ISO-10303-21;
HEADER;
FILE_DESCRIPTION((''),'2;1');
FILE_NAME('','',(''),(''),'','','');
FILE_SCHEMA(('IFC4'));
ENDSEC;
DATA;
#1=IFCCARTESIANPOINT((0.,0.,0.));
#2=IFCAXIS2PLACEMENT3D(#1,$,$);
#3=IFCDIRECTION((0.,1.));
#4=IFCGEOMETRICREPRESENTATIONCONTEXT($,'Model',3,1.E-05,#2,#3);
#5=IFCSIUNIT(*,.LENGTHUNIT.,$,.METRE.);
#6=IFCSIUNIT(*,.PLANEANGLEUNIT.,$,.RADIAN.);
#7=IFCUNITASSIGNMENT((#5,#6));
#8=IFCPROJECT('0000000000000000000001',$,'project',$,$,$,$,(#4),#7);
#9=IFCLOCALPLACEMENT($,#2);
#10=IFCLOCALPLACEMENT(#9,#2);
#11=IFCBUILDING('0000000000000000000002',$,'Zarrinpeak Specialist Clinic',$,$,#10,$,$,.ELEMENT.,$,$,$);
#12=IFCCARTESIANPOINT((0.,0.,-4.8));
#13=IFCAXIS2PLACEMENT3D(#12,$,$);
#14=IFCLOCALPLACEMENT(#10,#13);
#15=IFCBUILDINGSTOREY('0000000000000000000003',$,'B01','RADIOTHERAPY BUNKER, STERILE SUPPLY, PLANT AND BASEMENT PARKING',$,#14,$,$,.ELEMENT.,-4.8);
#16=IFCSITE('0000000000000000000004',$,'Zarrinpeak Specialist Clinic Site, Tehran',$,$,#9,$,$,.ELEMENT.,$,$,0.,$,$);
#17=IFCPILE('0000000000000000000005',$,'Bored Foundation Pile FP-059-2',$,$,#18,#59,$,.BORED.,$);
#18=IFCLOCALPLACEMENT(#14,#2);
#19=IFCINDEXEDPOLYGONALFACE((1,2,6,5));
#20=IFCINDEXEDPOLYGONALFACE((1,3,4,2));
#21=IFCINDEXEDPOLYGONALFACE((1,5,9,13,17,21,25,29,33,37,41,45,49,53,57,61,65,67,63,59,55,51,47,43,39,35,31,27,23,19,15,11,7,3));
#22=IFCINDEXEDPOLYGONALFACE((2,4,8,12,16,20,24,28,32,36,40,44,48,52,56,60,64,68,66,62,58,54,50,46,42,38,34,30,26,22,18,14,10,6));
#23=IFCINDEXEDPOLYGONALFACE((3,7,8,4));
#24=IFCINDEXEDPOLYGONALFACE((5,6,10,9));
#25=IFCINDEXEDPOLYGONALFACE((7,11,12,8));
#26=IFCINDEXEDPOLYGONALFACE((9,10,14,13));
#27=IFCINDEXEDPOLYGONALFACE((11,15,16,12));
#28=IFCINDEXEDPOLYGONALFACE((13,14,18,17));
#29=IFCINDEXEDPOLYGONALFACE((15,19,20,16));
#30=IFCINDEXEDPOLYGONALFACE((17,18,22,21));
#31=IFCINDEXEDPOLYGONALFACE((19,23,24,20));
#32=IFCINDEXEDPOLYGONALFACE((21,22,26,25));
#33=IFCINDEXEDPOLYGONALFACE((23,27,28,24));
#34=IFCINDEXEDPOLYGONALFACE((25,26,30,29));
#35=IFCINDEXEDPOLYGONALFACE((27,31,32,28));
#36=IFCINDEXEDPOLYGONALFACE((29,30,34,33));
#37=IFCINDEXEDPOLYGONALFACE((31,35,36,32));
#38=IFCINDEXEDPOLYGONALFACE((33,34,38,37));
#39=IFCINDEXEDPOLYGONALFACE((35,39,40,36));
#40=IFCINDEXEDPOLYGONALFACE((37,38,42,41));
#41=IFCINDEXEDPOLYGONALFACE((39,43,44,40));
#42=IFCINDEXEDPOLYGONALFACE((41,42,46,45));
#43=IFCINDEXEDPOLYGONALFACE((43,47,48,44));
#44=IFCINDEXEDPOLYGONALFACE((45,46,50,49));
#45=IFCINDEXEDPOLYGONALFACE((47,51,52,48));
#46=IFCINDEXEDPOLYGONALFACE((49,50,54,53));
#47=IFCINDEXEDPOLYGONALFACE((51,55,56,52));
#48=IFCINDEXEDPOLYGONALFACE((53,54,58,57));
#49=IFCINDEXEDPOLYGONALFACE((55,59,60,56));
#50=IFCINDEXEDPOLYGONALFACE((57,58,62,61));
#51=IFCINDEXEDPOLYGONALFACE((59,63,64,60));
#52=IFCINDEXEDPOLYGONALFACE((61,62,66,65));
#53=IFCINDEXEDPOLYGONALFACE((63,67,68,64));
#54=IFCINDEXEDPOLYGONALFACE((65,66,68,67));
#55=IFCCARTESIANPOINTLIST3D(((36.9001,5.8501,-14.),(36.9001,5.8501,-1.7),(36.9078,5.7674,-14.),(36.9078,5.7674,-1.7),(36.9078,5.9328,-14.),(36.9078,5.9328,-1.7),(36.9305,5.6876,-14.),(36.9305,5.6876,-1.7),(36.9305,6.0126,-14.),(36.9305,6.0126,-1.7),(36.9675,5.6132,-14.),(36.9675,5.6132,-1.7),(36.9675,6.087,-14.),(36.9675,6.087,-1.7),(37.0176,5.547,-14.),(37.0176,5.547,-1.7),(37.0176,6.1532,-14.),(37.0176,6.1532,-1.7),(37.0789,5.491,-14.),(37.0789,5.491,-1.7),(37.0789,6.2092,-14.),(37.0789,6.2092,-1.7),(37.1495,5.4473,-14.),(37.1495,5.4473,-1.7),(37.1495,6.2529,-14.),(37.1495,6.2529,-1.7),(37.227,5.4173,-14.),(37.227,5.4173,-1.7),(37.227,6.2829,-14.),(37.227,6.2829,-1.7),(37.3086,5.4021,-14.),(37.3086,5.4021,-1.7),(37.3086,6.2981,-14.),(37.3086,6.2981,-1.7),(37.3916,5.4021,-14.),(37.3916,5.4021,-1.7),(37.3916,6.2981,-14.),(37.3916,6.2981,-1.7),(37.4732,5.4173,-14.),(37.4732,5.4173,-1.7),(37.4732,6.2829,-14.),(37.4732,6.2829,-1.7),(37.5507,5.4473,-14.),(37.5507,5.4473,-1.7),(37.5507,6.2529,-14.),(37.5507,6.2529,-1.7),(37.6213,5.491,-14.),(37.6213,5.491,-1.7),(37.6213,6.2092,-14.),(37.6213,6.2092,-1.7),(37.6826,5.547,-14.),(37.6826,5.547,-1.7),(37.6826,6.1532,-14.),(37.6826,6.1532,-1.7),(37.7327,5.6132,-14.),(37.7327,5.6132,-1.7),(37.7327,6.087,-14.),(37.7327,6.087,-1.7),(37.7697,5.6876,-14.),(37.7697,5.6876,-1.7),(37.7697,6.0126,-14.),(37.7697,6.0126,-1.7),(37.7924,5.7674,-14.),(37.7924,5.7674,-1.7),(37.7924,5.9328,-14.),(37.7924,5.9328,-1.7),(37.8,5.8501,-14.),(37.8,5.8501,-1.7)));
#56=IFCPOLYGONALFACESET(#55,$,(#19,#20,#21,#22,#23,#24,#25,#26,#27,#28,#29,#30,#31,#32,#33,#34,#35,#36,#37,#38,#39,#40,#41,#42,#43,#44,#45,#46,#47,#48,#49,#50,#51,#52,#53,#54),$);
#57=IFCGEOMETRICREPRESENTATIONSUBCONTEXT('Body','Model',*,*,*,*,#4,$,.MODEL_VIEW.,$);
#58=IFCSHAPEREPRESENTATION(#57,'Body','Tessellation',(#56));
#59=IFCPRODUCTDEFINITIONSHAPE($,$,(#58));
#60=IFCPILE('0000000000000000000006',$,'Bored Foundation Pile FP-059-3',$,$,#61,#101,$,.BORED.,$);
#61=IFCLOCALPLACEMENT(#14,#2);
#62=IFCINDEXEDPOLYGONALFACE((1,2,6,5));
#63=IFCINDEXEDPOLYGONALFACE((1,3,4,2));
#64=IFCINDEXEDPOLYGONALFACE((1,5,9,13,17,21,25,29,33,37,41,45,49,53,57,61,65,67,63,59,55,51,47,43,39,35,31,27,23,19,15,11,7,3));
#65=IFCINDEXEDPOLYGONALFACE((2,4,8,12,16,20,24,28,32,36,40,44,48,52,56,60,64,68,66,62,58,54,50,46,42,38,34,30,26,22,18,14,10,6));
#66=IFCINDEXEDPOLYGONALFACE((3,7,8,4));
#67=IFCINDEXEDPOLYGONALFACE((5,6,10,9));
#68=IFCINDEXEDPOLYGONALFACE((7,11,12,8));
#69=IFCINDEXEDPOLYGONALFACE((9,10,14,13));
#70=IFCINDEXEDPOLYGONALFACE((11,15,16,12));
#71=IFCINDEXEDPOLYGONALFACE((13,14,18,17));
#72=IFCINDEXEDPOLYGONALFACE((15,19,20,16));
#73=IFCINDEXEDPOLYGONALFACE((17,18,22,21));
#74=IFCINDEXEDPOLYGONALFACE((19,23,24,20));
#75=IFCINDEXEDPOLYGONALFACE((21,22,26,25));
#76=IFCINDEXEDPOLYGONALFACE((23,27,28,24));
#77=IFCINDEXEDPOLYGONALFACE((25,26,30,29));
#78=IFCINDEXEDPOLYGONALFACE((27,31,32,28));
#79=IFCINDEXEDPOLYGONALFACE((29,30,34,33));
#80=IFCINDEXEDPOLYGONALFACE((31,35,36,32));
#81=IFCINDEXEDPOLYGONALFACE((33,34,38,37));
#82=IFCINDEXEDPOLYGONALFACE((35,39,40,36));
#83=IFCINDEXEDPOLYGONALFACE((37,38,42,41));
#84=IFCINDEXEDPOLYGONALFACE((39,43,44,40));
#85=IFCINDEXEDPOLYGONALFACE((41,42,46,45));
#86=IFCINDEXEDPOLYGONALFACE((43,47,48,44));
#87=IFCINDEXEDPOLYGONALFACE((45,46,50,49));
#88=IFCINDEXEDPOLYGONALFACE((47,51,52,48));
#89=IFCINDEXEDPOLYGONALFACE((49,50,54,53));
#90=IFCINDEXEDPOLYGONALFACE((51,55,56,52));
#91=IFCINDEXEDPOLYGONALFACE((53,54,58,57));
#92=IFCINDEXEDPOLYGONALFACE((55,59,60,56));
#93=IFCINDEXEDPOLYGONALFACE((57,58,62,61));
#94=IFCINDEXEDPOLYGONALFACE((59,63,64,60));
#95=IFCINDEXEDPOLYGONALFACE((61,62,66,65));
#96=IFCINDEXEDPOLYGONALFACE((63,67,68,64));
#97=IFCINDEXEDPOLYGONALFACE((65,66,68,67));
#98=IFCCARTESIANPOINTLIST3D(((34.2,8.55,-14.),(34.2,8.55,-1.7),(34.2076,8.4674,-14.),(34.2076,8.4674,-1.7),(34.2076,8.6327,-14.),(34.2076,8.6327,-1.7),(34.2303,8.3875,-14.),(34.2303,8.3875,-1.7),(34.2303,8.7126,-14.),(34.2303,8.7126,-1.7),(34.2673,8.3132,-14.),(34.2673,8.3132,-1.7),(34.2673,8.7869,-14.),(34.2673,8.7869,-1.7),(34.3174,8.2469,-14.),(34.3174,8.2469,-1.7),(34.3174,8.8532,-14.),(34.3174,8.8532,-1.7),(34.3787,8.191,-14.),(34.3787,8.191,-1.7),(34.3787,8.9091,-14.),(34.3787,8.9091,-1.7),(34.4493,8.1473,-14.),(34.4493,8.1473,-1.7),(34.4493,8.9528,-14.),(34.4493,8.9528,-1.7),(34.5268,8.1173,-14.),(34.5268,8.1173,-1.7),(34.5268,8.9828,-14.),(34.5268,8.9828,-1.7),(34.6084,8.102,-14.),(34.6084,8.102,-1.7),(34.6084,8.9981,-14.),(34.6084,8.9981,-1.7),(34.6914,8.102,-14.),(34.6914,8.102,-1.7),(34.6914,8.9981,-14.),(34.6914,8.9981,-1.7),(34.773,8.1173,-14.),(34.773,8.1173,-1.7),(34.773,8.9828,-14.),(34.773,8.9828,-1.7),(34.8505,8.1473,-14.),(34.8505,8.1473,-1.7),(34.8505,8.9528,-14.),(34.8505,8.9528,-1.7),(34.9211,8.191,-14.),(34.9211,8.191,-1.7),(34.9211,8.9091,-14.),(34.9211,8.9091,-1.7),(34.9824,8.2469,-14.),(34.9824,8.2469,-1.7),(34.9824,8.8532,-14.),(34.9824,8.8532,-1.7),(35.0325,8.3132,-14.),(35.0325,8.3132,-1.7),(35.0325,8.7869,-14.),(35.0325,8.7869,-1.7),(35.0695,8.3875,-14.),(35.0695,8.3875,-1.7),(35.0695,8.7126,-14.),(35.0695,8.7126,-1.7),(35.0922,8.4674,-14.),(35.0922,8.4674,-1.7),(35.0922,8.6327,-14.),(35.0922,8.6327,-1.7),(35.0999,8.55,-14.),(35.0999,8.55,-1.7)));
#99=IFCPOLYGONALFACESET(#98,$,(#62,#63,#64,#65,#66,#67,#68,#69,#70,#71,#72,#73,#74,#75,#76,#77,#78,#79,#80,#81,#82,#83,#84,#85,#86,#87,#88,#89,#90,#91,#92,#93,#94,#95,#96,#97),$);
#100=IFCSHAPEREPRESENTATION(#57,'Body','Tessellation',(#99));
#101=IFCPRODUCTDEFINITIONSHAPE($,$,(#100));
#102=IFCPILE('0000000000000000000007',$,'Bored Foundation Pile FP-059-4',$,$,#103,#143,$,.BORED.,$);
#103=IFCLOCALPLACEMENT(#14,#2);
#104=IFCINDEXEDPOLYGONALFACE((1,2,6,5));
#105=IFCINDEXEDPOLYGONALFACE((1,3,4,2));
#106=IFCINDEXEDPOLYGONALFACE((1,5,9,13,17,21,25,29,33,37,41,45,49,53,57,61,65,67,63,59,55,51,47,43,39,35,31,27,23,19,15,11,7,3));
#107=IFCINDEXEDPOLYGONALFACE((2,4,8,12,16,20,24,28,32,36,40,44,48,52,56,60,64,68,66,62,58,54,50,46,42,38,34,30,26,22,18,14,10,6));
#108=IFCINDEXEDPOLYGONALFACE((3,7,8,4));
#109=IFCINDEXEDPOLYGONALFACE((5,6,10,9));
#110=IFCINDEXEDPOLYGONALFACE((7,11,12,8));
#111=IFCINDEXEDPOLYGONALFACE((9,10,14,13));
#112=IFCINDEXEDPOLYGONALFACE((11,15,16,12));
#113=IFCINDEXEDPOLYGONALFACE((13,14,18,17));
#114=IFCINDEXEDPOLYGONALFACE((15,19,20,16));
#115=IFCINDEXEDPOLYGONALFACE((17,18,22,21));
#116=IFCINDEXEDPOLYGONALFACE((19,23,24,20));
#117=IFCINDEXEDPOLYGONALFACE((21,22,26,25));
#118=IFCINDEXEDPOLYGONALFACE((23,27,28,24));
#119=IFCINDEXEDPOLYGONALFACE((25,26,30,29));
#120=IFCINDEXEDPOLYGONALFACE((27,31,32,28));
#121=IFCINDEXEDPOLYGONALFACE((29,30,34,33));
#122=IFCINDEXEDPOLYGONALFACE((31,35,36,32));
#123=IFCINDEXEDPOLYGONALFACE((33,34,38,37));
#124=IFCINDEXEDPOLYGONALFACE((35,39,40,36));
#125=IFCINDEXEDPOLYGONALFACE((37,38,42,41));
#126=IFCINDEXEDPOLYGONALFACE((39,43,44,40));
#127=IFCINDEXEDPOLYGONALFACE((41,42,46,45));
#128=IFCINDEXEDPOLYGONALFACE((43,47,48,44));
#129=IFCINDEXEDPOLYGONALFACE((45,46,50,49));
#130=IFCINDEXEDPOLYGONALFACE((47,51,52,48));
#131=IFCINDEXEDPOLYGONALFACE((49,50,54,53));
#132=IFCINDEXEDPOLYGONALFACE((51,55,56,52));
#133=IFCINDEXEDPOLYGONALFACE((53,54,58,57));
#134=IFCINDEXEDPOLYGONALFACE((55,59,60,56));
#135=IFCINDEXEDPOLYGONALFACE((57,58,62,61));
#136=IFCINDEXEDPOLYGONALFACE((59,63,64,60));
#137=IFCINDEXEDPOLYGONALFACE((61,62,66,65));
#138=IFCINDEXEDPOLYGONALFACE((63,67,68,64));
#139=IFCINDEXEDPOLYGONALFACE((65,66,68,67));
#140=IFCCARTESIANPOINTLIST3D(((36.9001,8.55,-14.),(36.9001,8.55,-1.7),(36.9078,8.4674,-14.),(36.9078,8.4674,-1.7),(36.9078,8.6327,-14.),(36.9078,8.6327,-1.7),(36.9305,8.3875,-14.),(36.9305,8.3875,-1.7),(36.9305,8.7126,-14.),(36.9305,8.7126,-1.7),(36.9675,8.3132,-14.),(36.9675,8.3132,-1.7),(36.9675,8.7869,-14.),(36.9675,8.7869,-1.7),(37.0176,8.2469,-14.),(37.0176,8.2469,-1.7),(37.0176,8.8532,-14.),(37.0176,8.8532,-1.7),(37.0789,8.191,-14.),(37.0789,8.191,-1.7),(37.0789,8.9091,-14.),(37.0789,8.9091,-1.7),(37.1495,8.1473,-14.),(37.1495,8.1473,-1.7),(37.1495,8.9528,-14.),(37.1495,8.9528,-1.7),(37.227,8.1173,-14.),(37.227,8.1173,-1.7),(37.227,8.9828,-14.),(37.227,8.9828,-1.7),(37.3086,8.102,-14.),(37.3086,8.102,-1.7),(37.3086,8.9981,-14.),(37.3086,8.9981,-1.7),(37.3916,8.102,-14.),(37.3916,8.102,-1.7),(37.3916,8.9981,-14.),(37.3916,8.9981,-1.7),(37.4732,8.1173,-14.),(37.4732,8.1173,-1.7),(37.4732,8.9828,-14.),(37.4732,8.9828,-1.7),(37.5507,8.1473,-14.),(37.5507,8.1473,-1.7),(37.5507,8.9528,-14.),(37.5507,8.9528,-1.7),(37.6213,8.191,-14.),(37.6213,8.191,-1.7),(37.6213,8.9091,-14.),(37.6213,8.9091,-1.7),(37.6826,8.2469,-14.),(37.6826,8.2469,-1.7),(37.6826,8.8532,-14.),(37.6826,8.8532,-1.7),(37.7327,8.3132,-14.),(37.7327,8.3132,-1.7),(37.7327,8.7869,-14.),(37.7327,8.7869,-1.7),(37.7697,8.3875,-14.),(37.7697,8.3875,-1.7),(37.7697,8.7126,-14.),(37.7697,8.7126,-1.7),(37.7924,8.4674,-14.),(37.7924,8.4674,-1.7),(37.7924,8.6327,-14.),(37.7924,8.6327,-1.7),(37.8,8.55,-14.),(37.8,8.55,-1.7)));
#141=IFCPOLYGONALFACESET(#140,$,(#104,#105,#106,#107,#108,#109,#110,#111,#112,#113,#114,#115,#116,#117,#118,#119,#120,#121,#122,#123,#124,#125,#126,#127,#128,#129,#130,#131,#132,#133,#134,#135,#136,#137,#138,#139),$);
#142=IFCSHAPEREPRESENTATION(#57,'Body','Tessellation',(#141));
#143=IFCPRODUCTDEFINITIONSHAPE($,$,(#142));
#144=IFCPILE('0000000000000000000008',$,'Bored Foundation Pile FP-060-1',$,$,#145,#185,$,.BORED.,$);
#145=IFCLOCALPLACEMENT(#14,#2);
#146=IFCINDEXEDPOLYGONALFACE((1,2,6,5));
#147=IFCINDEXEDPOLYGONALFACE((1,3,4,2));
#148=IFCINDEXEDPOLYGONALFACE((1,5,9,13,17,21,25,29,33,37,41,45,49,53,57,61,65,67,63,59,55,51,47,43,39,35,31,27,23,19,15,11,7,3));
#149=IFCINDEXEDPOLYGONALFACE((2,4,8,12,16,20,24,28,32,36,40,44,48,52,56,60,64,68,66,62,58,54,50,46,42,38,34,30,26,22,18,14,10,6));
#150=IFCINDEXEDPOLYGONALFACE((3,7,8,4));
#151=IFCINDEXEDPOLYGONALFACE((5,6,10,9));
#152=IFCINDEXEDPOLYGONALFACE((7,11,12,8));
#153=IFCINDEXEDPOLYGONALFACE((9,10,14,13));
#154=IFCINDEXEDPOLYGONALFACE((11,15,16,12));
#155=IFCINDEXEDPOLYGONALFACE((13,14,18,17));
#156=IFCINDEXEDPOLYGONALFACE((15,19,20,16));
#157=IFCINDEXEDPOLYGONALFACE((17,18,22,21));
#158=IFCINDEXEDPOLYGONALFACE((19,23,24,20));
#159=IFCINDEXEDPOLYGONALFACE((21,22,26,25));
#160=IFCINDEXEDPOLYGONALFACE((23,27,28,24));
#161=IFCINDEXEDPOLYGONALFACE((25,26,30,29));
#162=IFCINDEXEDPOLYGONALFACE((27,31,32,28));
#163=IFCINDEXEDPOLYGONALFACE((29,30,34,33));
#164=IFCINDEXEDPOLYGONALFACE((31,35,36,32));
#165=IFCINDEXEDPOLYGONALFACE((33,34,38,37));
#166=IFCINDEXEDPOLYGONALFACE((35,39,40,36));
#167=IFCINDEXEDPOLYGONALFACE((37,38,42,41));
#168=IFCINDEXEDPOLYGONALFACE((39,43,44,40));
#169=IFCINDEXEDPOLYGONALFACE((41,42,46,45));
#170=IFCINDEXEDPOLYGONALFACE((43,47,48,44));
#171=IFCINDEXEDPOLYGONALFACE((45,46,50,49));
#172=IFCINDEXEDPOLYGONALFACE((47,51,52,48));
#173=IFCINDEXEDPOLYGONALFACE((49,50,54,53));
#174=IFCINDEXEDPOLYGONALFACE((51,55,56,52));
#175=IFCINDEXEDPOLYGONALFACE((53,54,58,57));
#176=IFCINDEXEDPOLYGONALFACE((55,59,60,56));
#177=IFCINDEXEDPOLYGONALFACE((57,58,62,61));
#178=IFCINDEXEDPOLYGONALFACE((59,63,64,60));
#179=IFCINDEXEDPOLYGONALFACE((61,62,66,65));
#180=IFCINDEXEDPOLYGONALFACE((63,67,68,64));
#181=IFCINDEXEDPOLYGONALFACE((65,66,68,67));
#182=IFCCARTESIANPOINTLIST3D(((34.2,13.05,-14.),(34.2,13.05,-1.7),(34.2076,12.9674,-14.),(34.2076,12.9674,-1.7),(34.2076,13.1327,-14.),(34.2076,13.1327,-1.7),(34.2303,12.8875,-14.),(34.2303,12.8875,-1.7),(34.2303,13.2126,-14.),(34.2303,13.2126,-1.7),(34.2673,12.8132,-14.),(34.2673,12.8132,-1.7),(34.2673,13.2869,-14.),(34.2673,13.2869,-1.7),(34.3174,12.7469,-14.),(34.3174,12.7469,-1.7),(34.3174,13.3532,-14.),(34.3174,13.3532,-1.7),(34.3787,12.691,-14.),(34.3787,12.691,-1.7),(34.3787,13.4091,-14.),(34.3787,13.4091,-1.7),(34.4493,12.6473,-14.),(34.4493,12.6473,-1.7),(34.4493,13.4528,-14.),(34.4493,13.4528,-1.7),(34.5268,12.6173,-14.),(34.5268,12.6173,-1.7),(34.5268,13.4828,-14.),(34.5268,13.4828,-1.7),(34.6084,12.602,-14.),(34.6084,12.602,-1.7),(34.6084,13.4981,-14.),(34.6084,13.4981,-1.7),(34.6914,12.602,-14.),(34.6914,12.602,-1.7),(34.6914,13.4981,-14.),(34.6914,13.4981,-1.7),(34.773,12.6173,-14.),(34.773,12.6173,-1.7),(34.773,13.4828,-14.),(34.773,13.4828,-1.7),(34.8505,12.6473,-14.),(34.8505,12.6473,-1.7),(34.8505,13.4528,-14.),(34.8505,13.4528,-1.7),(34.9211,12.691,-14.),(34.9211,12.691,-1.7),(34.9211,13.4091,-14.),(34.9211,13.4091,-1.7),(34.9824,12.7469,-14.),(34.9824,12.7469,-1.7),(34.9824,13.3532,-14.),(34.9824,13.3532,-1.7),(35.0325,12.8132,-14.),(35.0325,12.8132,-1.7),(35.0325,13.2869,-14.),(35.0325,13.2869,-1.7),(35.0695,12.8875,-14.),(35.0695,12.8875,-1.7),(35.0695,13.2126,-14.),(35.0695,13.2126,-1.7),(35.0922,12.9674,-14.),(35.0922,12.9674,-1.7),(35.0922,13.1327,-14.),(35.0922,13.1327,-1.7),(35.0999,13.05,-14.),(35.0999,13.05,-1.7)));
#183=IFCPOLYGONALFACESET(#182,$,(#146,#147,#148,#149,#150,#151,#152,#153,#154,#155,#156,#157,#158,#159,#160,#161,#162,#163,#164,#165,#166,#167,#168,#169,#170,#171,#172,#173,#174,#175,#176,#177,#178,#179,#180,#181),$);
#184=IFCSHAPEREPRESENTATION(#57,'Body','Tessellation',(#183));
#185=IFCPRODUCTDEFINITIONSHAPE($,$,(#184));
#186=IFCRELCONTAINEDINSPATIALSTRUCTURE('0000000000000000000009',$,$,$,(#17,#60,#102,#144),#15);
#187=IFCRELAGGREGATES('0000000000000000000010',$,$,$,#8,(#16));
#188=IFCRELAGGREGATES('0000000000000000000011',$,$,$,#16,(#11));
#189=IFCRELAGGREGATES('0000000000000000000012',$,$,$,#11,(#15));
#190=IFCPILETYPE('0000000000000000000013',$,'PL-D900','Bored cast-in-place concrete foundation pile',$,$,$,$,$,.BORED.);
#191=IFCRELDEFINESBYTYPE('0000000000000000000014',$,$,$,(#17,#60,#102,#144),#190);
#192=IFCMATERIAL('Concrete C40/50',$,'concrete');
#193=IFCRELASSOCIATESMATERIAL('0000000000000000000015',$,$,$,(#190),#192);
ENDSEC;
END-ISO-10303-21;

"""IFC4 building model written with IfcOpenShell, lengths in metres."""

from ifc_helpers import new_model, si_unit, direction, frame, origin, origin_2d, place, context, subcontext, project, spatial, circle, extrude, material, material_profile, profile_set, type_object, element, save


model = new_model("IFC4")

# Units and contexts
model_context = context("Model", 3, precision=1e-05, world=origin(), true_north=direction((0.0, 1.0)))
body_context = subcontext(model_context, "Body", "Model", "MODEL_VIEW")
ifc_project = project(units=[si_unit("LENGTHUNIT", "METRE"), si_unit("PLANEANGLEUNIT", "RADIAN")], contexts=[model_context])

# Site, building, storey
site_placement = place(None, origin())
site = spatial("IfcSite", under=ifc_project, at=site_placement, Name="Zarrinpeak Specialist Clinic Site, Tehran", CompositionType="ELEMENT", RefElevation=0.0)
building_placement = place(site_placement, origin())
building = spatial("IfcBuilding", under=site, at=building_placement, Name="Zarrinpeak Specialist Clinic", CompositionType="ELEMENT")
storey_placement = place(building_placement, frame((0.0, 0.0, -4.8)))
storey = spatial("IfcBuildingStorey", under=building, at=storey_placement, Name="B01", Description="RADIOTHERAPY BUNKER, STERILE SUPPLY, PLANT AND BASEMENT PARKING", CompositionType="ELEMENT", Elevation=-4.8)

# Shared definitions
ifc_material_1 = material(Name="Concrete C40/50", Category="concrete")

# Piles
ifc_material_profile_1 = material_profile(ifc_material_1, circle(Radius=0.45, at=origin_2d()), Name="BORED PILE D900")
ifc_profile_set_1 = profile_set([ifc_material_profile_1], Name="Concrete C40/50")
pile_type = type_object("IfcPileType", Name="PL-D900", Description="Bored cast-in-place concrete foundation pile", PredefinedType="BORED", material=ifc_profile_set_1)
for number, where, z_axis, x_axis, name in (
    (1, (37.3501, 5.8501, -1.7), (0.0, 0.0, -1.0), (1.0, 0.0, 0.0), "Bored Foundation Pile FP-059-2"),
    (2, (34.6499, 8.55, -1.7), (0.0, 0.0, -1.0), (1.0, 0.0, 0.0), "Bored Foundation Pile FP-059-3"),
    (3, (37.3501, 8.55, -1.7), (0.0, 0.0, -1.0), (1.0, 0.0, 0.0), "Bored Foundation Pile FP-059-4"),
    (4, (34.6499, 13.05, -1.7), (0.0, 0.0, -1.0), (1.0, 0.0, 0.0), "Bored Foundation Pile FP-060-1"),
):
    element("IfcPile", number, at=place(storey_placement, frame(where, z_axis=z_axis, x_axis=x_axis)), inside=storey, type_object=pile_type, Name=name, PredefinedType="BORED", context=body_context, shape_type="SweptSolid", body=[
        extrude(circle(Radius=0.45, at=origin_2d()), origin(), (0.0, 0.0, 1.0), 12.3),
    ])

save(model, "model.ifc")
